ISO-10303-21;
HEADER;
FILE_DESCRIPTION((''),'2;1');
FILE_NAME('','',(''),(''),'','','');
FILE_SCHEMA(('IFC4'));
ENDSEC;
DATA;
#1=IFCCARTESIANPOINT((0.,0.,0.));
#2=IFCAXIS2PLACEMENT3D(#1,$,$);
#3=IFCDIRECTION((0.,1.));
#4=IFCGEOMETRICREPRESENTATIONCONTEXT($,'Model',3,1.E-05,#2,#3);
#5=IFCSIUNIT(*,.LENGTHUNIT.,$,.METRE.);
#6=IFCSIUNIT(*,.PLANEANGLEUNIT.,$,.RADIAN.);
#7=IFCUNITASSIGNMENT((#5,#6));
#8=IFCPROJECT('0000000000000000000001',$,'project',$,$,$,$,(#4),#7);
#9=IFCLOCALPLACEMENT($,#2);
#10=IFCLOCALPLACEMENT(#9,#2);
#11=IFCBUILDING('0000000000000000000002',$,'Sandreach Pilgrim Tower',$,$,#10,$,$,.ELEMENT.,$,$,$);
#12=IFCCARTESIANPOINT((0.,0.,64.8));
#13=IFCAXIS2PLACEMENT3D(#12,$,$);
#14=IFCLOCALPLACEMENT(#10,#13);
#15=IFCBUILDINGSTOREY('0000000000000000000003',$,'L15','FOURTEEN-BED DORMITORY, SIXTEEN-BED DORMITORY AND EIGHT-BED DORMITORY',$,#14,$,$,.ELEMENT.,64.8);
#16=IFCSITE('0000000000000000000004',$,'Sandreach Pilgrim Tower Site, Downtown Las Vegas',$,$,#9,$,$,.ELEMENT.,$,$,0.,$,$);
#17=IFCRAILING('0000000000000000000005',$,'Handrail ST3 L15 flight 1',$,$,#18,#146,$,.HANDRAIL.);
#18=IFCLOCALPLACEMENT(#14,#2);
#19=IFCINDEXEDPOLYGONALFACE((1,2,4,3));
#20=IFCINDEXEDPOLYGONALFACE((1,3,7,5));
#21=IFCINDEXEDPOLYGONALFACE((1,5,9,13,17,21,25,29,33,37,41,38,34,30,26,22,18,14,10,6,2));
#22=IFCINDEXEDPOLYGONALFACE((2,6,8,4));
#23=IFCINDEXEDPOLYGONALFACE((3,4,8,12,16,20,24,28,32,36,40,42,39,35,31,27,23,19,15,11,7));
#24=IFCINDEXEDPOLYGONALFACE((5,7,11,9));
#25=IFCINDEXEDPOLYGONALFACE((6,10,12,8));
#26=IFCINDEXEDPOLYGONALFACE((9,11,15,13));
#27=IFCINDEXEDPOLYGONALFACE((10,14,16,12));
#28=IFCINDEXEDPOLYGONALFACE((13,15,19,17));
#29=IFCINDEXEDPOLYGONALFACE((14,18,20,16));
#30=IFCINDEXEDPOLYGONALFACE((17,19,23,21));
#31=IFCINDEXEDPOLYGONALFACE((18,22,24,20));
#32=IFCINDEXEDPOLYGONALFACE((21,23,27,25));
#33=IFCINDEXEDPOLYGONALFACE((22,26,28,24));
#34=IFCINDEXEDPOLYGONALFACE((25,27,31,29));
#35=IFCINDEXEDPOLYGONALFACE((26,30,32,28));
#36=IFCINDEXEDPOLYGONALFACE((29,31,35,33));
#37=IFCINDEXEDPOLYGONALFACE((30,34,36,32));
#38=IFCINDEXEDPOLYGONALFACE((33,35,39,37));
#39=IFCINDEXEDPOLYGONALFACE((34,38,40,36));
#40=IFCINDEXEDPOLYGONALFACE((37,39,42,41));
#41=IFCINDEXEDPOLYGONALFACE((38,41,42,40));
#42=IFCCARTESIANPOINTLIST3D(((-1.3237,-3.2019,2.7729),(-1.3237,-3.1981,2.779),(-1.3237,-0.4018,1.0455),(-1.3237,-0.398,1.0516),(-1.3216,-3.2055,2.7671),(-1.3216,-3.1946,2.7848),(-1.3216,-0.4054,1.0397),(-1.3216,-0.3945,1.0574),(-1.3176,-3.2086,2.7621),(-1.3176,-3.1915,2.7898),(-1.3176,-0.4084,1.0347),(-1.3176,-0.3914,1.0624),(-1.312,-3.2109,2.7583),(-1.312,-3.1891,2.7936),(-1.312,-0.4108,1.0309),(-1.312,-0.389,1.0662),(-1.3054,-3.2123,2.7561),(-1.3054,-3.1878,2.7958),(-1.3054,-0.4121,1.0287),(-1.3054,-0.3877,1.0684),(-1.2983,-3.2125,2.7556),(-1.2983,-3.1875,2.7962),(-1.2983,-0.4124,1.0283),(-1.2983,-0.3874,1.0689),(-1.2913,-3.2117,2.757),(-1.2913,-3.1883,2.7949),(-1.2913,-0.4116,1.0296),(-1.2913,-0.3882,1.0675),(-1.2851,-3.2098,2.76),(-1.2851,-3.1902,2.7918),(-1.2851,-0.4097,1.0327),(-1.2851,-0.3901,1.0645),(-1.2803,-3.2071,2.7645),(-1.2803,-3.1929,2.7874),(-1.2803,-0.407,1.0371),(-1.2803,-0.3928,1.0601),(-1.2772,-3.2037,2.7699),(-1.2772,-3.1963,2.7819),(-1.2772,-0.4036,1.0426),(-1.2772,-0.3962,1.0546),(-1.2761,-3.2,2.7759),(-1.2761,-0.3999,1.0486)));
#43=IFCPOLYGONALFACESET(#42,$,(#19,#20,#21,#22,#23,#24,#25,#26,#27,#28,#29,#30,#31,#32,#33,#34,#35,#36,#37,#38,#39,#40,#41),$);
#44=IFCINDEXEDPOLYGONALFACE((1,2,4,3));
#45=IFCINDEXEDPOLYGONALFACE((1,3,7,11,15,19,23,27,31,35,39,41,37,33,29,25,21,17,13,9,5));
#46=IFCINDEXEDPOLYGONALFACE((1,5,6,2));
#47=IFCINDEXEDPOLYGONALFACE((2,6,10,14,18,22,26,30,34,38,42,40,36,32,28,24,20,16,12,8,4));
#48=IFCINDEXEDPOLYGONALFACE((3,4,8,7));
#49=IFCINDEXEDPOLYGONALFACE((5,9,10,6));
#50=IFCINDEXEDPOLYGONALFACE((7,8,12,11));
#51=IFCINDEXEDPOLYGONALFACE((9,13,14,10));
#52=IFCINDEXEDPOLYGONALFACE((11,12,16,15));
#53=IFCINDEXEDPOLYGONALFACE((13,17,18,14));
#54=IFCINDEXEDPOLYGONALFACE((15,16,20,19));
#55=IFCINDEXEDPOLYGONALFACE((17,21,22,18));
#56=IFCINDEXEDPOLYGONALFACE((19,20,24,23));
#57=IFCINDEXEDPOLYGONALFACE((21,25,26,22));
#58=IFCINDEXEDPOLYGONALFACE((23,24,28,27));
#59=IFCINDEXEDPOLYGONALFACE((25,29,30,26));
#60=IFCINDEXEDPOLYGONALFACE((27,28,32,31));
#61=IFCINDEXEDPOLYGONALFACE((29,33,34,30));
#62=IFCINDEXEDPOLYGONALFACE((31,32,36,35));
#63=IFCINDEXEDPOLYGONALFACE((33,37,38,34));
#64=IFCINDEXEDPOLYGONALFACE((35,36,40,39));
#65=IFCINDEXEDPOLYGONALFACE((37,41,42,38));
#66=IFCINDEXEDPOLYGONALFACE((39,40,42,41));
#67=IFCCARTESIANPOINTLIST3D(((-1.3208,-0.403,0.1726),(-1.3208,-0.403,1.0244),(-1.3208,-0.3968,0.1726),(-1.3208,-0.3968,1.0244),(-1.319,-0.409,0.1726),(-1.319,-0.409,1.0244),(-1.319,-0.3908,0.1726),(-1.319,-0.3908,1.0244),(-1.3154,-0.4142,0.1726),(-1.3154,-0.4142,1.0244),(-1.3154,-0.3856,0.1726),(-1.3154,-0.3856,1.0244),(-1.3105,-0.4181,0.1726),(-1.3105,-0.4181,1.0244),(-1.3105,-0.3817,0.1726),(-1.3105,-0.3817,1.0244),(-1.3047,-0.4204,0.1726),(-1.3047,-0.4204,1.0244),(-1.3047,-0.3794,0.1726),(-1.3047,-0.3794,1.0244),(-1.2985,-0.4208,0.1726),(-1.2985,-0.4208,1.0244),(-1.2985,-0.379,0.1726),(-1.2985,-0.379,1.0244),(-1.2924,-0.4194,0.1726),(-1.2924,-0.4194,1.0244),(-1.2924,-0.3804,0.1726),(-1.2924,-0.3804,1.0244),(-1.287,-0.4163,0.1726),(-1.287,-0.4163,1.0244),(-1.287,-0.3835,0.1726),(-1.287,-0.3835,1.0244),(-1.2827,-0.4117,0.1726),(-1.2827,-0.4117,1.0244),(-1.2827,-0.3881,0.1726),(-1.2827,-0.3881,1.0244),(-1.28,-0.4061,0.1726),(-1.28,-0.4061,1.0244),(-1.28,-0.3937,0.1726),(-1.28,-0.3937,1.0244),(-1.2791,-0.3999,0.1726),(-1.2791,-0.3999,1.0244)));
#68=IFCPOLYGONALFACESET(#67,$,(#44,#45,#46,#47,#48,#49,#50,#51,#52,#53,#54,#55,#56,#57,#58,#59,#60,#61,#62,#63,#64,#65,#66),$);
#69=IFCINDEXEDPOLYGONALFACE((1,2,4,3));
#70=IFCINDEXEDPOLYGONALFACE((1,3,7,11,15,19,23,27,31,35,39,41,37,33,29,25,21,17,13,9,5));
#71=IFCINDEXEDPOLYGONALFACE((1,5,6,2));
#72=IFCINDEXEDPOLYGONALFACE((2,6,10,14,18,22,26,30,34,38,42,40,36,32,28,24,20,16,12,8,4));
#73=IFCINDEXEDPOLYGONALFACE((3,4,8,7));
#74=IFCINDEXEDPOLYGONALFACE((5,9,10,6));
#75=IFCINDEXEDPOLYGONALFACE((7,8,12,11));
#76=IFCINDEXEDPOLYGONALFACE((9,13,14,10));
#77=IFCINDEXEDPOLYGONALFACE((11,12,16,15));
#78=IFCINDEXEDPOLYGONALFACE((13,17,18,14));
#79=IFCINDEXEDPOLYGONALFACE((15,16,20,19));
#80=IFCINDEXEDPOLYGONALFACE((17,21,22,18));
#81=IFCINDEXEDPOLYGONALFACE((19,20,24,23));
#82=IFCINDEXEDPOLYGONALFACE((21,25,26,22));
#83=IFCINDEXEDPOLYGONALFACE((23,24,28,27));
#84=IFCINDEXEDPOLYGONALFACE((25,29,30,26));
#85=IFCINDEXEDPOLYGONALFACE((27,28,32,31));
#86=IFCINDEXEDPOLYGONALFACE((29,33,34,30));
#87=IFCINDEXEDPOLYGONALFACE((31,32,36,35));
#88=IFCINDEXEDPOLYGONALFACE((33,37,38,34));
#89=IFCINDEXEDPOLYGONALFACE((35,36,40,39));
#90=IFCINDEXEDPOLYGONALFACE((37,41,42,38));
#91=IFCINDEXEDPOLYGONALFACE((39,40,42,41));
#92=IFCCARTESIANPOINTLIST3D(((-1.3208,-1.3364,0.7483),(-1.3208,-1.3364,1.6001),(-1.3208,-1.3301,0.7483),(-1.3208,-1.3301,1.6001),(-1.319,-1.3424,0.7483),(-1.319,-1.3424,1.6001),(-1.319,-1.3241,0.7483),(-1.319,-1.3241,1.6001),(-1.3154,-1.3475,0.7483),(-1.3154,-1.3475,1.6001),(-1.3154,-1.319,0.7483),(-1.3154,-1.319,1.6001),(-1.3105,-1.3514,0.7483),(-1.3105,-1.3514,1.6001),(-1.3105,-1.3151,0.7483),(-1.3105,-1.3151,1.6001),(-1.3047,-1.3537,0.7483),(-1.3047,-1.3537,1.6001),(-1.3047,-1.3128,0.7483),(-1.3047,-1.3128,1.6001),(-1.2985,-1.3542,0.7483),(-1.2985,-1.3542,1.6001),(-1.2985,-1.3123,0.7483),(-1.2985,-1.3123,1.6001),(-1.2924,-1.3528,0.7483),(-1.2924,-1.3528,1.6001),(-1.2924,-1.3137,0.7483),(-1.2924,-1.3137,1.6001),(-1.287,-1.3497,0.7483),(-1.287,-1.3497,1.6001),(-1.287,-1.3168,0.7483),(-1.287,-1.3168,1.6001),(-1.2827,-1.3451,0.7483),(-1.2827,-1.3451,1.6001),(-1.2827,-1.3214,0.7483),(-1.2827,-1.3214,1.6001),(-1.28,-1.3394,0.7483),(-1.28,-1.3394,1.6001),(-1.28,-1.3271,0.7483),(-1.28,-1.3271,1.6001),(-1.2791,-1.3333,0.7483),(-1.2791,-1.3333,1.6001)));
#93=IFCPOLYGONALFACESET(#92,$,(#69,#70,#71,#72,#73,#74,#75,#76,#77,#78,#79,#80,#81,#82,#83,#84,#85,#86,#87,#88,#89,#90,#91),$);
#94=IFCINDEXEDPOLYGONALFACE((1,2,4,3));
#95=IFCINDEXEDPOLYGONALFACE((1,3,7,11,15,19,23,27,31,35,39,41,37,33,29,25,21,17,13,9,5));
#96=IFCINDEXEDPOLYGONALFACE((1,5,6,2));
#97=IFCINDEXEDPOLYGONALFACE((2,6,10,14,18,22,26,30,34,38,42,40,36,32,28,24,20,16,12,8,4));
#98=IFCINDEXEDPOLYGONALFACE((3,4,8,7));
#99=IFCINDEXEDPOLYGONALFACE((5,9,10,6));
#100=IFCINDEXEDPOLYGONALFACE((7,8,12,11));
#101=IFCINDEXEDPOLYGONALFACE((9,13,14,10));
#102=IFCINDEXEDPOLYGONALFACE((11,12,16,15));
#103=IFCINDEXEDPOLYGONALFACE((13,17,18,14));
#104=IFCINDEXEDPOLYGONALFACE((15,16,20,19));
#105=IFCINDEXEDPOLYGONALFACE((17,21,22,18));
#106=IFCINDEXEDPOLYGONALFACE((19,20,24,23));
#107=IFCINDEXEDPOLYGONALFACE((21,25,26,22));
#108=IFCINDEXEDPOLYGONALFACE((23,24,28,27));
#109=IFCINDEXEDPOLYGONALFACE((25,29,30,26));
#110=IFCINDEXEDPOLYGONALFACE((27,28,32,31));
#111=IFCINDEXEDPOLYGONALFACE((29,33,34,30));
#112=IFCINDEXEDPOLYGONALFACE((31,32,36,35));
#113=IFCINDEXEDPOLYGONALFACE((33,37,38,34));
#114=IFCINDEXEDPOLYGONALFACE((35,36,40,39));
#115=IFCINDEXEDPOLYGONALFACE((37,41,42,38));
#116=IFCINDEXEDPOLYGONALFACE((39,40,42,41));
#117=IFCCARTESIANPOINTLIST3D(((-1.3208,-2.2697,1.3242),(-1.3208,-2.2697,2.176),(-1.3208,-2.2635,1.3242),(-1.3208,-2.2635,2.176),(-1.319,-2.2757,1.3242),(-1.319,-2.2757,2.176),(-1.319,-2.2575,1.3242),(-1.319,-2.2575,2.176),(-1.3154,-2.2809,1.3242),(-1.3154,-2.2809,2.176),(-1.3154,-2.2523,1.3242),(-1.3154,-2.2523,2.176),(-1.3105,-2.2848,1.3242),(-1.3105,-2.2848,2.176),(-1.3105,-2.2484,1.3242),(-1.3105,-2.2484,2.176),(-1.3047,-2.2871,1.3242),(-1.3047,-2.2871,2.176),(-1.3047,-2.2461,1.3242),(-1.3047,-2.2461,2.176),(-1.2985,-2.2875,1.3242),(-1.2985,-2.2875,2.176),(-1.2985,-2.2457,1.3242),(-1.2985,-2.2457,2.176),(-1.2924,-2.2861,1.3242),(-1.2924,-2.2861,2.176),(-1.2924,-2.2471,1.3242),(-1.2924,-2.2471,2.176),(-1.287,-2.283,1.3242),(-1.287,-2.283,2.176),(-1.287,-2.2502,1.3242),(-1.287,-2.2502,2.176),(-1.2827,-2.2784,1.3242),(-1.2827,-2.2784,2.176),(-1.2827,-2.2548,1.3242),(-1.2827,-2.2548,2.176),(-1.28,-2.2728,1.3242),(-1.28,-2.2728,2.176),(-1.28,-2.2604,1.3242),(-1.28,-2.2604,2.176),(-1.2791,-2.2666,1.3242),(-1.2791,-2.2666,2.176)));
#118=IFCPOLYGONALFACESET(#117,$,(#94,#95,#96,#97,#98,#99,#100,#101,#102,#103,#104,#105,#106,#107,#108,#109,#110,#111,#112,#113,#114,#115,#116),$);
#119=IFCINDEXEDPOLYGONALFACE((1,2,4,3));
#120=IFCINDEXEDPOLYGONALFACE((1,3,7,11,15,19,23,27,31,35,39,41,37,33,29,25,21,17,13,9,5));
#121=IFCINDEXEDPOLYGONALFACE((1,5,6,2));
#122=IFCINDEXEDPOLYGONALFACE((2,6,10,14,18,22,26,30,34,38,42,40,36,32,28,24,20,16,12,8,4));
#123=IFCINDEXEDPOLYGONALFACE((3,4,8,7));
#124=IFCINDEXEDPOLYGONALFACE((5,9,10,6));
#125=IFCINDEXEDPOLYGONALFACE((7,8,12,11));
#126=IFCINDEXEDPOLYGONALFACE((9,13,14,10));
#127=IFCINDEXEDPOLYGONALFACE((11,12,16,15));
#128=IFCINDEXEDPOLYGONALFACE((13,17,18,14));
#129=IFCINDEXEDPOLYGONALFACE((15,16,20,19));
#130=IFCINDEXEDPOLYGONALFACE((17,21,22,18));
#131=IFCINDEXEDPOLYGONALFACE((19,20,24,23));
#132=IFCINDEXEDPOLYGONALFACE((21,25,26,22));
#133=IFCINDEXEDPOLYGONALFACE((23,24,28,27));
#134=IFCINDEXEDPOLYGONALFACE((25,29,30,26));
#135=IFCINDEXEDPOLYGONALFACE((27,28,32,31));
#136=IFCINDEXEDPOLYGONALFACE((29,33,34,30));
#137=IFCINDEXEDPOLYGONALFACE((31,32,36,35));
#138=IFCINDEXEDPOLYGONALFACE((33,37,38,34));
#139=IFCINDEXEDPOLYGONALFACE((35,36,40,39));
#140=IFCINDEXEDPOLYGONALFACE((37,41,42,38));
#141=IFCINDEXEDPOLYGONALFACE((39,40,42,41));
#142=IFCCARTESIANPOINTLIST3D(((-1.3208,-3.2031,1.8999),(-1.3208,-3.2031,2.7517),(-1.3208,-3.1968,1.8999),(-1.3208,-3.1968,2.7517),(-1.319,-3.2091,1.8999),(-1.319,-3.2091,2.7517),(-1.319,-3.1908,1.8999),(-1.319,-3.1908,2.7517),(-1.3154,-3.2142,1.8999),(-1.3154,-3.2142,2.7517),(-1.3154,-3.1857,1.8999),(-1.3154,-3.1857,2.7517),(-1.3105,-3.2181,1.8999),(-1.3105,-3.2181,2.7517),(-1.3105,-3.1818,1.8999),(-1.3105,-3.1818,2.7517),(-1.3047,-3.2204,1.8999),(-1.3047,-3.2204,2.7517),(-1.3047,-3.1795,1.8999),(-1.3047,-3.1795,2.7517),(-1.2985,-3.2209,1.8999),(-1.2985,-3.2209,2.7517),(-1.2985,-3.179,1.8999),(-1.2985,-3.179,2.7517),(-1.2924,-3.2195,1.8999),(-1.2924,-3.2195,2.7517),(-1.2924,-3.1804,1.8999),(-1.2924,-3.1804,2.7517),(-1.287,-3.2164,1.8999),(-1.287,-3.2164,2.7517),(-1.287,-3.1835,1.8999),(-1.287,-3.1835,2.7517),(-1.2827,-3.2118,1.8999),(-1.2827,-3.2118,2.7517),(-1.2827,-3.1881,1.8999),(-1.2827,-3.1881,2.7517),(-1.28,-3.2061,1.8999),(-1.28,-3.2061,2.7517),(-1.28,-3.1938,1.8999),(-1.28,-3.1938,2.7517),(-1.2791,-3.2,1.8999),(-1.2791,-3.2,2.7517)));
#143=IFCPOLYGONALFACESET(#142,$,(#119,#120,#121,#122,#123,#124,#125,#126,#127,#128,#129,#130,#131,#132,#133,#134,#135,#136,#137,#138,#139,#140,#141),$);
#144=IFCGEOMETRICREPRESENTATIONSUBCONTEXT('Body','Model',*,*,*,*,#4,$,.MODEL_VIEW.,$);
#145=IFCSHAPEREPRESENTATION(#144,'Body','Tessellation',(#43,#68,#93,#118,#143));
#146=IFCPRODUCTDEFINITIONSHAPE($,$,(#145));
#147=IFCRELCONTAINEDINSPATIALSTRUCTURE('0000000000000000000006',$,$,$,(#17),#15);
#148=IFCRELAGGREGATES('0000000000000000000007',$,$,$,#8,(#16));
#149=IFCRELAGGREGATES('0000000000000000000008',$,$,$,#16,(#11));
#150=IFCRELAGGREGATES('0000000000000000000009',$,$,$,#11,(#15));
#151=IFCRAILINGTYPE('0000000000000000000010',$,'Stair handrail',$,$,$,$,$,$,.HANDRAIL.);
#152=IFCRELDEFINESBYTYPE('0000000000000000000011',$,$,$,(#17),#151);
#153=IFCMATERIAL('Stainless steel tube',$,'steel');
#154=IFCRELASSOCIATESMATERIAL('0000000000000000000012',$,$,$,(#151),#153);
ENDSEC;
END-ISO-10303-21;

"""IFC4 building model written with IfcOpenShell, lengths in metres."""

from ifc_helpers import new_model, si_unit, direction, frame, origin, origin_2d, place, context, subcontext, project, spatial, circle, extrude, material, type_object, element, save


model = new_model("IFC4")

# Units and contexts
model_context = context("Model", 3, precision=1e-05, world=origin(), true_north=direction((0.0, 1.0)))
body_context = subcontext(model_context, "Body", "Model", "MODEL_VIEW")
ifc_project = project(units=[si_unit("LENGTHUNIT", "METRE"), si_unit("PLANEANGLEUNIT", "RADIAN")], contexts=[model_context])

# Site, building, storey
site_placement = place(None, origin())
site = spatial("IfcSite", under=ifc_project, at=site_placement, Name="Sandreach Pilgrim Tower Site, Downtown Las Vegas", CompositionType="ELEMENT", RefElevation=0.0)
building_placement = place(site_placement, origin())
building = spatial("IfcBuilding", under=site, at=building_placement, Name="Sandreach Pilgrim Tower", CompositionType="ELEMENT")
storey_placement = place(building_placement, frame((0.0, 0.0, 64.8)))
storey = spatial("IfcBuildingStorey", under=building, at=storey_placement, Name="L15", Description="FOURTEEN-BED DORMITORY, SIXTEEN-BED DORMITORY AND EIGHT-BED DORMITORY", CompositionType="ELEMENT", Elevation=64.8)

# Railing
ifc_material_1 = material(Name="Stainless steel tube", Category="steel")
railing_type = type_object("IfcRailingType", Name="Stair handrail", PredefinedType="HANDRAIL", material=ifc_material_1)
for number, where, name in (
    (1, (-1.3, -0.3999, 0.1726), "Handrail ST3 L15 flight 1"),
):
    element("IfcRailing", number, at=place(storey_placement, frame(where)), inside=storey, type_object=railing_type, Name=name, PredefinedType="HANDRAIL", context=body_context, shape_type="SweptSolid", body=[
        extrude(circle(Radius=0.0239, at=origin_2d()), frame((0.0, 0.0, 0.876), z_axis=(0.0, -0.85109, 0.52502), x_axis=(1.0, 0.0, 0.0)), (0.0, 0.0, 1.0), 3.29),
        extrude(circle(Radius=0.021, at=origin_2d()), origin(), (0.0, 0.0, 1.0), 0.8518),
        extrude(circle(Radius=0.021, at=origin_2d()), frame((0.0, -0.9333, 0.5757)), (0.0, 0.0, 1.0), 0.8518),
        extrude(circle(Radius=0.021, at=origin_2d()), frame((0.0, -1.8667, 1.1516)), (0.0, 0.0, 1.0), 0.8518),
        extrude(circle(Radius=0.021, at=origin_2d()), frame((0.0, -2.8, 1.7273)), (0.0, 0.0, 1.0), 0.8518),
    ])

save(model, "model.ifc")
